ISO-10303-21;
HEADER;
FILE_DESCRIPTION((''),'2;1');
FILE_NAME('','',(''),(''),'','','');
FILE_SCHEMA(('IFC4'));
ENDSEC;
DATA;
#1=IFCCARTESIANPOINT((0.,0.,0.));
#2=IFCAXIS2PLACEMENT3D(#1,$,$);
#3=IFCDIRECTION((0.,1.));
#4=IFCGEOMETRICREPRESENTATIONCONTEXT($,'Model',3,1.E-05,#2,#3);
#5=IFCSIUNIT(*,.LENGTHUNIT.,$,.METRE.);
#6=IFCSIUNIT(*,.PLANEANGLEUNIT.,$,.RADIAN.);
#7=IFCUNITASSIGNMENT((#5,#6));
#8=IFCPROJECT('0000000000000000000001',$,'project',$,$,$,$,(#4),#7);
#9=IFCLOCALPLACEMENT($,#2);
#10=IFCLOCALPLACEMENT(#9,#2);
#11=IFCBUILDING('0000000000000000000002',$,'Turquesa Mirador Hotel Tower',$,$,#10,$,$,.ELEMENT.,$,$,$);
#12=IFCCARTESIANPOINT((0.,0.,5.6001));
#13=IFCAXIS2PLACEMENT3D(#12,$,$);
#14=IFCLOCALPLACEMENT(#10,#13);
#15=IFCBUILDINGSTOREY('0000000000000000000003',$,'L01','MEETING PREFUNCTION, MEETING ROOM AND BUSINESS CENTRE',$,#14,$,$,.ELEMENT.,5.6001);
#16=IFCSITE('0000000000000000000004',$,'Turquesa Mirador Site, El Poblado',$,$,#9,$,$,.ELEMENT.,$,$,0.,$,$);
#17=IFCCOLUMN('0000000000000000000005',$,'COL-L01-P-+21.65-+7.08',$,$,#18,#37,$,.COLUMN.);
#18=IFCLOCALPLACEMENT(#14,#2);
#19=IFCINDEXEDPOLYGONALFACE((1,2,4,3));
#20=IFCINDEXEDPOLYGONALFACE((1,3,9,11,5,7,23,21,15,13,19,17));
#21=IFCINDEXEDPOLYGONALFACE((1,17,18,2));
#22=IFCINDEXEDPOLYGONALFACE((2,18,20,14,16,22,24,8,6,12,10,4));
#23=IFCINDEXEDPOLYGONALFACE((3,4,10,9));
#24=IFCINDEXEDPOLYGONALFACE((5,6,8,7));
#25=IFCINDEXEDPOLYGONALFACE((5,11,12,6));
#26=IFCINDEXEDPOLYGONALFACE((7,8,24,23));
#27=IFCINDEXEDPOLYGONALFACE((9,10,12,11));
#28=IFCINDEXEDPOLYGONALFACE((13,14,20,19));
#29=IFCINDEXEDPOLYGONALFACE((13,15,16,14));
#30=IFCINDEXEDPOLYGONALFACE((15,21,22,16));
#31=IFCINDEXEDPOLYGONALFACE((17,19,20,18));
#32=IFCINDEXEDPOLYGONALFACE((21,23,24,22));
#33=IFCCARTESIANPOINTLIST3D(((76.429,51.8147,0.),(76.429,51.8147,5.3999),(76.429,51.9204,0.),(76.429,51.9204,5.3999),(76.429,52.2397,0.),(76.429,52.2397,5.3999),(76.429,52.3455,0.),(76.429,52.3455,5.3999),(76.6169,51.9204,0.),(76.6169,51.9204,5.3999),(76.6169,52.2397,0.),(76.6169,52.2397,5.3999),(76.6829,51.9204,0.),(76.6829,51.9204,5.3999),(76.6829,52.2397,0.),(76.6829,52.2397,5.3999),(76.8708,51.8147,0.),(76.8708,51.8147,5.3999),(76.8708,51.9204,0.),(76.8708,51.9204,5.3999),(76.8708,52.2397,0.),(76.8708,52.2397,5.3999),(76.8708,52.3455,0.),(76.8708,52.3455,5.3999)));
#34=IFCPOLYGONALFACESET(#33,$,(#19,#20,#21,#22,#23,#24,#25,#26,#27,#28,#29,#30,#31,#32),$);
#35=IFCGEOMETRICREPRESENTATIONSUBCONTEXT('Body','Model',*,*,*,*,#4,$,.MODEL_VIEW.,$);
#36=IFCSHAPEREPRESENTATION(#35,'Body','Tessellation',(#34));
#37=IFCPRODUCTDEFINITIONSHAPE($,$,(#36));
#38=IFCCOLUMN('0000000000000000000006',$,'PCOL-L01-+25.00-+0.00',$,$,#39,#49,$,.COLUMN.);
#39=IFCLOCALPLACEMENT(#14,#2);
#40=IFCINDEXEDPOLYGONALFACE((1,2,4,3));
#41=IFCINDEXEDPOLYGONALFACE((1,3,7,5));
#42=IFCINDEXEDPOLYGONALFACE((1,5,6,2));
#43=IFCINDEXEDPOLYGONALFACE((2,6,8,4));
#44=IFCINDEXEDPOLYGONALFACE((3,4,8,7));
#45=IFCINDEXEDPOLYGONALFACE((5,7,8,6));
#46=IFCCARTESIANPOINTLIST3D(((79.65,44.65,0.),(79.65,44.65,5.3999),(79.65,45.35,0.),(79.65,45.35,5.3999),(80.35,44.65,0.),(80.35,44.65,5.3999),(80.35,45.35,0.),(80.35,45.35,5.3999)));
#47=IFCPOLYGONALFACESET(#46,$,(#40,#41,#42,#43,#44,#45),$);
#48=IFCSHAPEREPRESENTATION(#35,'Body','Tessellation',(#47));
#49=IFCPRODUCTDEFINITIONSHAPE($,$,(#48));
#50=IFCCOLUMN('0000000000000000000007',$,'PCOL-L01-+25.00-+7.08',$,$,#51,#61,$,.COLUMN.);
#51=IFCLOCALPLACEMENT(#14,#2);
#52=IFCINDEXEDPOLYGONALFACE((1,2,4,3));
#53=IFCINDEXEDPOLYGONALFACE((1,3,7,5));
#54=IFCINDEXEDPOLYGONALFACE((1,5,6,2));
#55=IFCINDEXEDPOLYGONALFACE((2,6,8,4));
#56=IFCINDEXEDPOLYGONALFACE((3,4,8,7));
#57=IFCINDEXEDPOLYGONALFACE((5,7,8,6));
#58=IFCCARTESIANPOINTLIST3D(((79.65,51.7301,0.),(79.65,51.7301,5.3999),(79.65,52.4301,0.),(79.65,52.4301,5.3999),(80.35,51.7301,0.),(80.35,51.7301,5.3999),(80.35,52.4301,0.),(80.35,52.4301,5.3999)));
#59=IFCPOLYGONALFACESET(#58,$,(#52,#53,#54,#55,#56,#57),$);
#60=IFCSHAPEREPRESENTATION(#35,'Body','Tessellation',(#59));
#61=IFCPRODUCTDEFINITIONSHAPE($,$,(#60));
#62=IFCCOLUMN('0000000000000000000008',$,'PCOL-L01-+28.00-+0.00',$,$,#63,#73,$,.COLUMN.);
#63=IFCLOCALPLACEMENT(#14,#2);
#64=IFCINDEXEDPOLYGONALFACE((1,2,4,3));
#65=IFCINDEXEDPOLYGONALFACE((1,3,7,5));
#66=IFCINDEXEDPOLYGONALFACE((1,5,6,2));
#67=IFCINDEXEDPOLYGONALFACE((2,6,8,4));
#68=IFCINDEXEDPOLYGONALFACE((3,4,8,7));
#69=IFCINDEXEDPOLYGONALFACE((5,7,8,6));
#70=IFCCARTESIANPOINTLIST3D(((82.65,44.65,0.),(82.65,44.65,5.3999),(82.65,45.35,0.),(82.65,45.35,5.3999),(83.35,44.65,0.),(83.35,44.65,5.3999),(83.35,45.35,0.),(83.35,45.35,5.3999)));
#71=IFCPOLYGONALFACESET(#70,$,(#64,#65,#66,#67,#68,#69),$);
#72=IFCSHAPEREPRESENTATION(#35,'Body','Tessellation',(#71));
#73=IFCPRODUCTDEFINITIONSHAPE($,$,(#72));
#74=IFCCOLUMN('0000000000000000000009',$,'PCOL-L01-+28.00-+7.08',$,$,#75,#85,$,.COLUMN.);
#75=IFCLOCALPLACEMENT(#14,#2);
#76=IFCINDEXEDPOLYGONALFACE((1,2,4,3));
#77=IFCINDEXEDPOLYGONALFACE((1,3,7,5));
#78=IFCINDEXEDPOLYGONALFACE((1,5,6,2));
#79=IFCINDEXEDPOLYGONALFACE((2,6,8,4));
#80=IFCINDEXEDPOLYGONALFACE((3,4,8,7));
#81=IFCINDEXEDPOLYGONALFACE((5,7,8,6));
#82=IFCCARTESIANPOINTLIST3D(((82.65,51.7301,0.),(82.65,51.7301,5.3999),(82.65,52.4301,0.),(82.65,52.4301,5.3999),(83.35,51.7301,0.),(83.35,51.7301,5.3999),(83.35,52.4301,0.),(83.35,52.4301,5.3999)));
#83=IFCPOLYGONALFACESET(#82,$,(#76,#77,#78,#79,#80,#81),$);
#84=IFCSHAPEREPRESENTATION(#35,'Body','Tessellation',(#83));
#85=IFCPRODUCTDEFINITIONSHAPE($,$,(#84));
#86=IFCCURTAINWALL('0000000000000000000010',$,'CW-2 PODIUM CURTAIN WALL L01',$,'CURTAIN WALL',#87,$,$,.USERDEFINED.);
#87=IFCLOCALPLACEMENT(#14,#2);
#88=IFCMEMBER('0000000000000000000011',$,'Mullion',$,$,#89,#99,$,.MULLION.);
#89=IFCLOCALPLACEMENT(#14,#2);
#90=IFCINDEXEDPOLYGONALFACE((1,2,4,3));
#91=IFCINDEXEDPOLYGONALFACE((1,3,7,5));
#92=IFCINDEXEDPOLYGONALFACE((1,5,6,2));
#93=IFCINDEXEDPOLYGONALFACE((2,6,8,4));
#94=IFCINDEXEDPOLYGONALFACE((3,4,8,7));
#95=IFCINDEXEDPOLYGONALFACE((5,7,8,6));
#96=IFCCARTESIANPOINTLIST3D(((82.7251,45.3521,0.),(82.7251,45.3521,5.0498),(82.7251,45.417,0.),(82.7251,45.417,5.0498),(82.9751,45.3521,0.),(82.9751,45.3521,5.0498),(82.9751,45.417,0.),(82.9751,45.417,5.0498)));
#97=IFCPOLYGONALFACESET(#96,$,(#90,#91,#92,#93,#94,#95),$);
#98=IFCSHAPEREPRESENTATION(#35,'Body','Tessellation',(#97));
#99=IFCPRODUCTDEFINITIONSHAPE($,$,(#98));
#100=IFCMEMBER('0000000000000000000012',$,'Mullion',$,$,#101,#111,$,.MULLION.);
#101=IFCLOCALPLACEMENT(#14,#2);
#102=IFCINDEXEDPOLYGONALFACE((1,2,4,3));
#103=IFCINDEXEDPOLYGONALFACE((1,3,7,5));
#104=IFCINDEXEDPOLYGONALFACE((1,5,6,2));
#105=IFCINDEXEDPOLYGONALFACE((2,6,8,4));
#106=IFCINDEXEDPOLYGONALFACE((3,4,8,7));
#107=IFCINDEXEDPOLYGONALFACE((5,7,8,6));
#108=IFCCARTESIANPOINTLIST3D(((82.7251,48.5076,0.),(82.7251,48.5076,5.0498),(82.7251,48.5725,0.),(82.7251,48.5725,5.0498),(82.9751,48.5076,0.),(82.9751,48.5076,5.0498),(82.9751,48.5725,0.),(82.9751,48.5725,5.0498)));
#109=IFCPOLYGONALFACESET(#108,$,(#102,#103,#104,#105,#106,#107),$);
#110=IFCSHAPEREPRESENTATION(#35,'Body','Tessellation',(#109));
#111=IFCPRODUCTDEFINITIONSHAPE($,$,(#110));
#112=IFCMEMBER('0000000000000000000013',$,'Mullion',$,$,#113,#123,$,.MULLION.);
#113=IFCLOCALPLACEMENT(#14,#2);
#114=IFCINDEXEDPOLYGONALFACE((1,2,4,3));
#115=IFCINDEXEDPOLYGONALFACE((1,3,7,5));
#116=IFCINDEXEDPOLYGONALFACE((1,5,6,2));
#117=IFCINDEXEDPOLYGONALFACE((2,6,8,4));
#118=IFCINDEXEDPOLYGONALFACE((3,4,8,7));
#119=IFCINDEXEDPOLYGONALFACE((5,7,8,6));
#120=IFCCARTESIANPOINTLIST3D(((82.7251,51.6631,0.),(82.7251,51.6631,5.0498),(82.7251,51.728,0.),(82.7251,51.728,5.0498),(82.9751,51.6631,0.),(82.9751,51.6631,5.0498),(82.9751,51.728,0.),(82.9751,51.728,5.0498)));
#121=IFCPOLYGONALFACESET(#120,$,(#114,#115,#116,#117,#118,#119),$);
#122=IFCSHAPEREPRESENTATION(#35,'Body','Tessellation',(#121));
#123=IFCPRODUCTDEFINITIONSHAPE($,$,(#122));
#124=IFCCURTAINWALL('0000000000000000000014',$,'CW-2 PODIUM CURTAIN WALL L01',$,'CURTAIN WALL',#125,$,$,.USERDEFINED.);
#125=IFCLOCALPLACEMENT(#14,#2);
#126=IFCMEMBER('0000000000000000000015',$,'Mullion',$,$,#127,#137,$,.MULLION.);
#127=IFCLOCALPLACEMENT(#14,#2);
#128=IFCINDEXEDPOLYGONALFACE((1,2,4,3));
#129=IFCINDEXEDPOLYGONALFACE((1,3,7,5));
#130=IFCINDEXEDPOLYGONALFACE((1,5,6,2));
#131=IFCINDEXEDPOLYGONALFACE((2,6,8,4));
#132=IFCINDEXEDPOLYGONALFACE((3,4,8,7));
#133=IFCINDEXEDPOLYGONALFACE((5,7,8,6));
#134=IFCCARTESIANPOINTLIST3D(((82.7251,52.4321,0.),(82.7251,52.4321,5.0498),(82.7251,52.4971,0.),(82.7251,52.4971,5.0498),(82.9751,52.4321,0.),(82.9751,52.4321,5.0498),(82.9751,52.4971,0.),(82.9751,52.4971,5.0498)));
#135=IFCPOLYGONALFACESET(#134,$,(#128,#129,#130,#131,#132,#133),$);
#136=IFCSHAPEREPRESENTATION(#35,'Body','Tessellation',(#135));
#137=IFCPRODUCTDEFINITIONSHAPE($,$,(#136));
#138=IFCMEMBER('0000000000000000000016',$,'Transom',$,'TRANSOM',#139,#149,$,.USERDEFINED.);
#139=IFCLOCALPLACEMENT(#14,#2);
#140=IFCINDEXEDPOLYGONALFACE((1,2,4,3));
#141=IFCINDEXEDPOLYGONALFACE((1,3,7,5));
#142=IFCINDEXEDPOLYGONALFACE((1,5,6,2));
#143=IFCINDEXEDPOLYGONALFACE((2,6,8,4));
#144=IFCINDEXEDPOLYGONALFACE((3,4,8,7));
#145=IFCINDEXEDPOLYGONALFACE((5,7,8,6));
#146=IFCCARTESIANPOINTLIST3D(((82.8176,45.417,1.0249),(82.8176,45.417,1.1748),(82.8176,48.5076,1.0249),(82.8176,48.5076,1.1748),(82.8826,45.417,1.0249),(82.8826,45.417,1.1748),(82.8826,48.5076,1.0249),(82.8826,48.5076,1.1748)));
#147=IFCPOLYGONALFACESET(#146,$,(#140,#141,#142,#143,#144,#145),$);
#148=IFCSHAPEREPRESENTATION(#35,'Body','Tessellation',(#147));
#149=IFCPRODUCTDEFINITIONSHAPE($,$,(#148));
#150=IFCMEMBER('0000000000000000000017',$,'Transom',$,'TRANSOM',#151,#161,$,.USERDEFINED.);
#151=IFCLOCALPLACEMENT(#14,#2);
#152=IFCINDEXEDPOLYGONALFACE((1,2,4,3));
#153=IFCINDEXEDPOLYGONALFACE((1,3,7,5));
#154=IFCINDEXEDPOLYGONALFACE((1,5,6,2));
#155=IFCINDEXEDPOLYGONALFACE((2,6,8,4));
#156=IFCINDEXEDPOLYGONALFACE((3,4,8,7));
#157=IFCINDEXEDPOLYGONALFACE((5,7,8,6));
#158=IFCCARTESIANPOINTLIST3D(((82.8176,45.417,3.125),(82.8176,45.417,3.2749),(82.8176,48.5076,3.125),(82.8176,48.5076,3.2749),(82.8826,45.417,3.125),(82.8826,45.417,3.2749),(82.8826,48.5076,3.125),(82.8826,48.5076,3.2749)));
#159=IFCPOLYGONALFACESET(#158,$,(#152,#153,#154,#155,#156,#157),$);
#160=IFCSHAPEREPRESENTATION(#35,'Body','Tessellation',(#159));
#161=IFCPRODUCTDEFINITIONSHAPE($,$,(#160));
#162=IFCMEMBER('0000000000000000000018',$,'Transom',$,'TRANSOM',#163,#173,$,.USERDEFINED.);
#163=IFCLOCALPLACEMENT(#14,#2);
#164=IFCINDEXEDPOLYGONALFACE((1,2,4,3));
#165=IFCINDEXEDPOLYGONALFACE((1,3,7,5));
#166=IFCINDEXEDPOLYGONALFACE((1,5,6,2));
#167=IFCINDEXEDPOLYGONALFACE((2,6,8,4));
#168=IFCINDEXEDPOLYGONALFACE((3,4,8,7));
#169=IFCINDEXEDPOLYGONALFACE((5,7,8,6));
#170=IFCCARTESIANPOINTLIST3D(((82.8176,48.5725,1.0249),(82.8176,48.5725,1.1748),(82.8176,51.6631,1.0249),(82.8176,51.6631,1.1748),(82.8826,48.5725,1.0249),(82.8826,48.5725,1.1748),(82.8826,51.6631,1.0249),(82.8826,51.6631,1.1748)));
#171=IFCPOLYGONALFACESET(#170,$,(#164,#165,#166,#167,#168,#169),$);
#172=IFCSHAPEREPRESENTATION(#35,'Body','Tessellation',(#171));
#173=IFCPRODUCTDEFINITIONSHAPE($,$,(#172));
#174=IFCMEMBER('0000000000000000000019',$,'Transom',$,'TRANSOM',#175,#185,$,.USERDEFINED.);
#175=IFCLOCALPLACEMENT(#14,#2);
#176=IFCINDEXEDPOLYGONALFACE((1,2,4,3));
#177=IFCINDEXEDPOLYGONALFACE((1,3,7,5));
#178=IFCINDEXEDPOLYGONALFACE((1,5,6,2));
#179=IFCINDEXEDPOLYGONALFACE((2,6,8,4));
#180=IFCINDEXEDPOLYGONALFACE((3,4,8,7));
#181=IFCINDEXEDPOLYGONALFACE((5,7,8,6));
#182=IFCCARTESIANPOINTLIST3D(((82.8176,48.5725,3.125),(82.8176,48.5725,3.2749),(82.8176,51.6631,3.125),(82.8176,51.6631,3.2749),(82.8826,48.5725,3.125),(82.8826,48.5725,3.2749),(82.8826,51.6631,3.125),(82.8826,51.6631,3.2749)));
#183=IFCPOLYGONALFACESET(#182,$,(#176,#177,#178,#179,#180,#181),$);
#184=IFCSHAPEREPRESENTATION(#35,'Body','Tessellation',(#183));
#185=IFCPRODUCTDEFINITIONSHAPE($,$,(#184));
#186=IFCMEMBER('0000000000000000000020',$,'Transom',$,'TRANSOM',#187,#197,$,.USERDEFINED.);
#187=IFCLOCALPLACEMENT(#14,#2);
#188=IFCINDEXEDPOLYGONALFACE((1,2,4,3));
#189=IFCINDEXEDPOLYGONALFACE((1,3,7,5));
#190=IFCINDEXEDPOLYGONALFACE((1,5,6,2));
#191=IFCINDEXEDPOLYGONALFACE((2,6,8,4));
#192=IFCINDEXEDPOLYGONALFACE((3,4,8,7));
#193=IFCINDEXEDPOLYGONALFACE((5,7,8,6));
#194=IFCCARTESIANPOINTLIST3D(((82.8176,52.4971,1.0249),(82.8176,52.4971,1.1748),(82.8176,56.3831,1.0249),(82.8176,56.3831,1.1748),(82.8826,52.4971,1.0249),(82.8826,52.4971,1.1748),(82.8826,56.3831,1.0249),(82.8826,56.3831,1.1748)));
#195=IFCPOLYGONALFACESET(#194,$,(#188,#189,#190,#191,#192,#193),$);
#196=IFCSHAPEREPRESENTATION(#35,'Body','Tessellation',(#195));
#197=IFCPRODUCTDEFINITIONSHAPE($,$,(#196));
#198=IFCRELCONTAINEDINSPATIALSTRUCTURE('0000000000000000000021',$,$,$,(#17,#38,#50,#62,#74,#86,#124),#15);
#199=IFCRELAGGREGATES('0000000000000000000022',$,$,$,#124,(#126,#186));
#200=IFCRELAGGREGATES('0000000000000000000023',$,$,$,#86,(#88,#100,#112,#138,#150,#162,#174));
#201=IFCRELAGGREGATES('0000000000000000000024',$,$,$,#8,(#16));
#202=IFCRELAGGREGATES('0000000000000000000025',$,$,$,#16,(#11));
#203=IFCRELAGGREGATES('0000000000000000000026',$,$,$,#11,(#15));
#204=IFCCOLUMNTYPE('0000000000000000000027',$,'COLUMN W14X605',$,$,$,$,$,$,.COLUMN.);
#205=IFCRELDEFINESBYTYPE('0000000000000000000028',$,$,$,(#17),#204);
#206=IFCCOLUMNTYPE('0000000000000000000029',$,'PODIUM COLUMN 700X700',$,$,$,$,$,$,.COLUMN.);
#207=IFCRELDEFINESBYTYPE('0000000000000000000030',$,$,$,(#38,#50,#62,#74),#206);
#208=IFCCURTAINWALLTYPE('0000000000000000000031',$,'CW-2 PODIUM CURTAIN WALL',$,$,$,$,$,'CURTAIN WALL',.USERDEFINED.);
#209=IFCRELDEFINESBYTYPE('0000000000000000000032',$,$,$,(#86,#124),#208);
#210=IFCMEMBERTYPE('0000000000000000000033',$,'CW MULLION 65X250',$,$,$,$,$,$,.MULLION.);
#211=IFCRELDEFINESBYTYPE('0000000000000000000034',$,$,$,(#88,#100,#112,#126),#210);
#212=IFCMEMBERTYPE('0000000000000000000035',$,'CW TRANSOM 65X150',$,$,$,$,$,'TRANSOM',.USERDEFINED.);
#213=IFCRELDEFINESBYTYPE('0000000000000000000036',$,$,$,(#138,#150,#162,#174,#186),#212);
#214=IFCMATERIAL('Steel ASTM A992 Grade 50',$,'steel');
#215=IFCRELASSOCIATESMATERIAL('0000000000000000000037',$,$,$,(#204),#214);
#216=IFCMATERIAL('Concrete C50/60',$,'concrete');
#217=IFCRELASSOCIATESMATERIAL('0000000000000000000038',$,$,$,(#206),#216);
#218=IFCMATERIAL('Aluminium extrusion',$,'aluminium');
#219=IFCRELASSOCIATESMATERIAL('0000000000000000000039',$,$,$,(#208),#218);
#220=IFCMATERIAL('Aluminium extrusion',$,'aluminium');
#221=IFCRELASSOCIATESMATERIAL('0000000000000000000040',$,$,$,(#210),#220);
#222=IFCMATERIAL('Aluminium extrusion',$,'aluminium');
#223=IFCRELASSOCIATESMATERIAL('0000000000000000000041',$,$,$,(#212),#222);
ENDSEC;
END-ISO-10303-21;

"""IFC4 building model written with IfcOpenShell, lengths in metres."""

from ifc_helpers import new_model, si_unit, direction, frame, origin, origin_2d, place, context, subcontext, project, spatial, rectangle, i_section, extrude, material, material_profile, profile_set, type_object, element, aggregate, save


model = new_model("IFC4")

# Units and contexts
model_context = context("Model", 3, precision=1e-05, world=origin(), true_north=direction((0.0, 1.0)))
body_context = subcontext(model_context, "Body", "Model", "MODEL_VIEW")
ifc_project = project(units=[si_unit("LENGTHUNIT", "METRE"), si_unit("PLANEANGLEUNIT", "RADIAN")], contexts=[model_context])

# Site, building, storey
site_placement = place(None, origin())
site = spatial("IfcSite", under=ifc_project, at=site_placement, Name="Turquesa Mirador Site, El Poblado", CompositionType="ELEMENT", RefElevation=0.0)
building_placement = place(site_placement, origin())
building = spatial("IfcBuilding", under=site, at=building_placement, Name="Turquesa Mirador Hotel Tower", CompositionType="ELEMENT")
storey_placement = place(building_placement, frame((0.0, 0.0, 5.6001)))
storey = spatial("IfcBuildingStorey", under=building, at=storey_placement, Name="L01", Description="MEETING PREFUNCTION, MEETING ROOM AND BUSINESS CENTRE", CompositionType="ELEMENT", Elevation=5.6001)

# Columns
ifc_material_1 = material(Name="Steel ASTM A992 Grade 50", Category="steel")
ifc_material_profile_1 = material_profile(ifc_material_1, i_section(OverallWidth=0.4419, OverallDepth=0.5308, WebThickness=0.0659, FlangeThickness=0.1057, at=origin_2d()), Name="W14X605")
ifc_profile_set_1 = profile_set([ifc_material_profile_1], Name="Steel ASTM A992 Grade 50")
column_type_1 = type_object("IfcColumnType", Name="COLUMN W14X605", PredefinedType="COLUMN", material=ifc_profile_set_1)
column_placement = place(storey_placement, frame((76.6499, 52.0801, 0.0), z_axis=(0.0, 0.0, 1.0), x_axis=(1.0, 0.0, 0.0)))
element("IfcColumn", 1, at=column_placement, inside=storey, type_object=column_type_1, Name="COL-L01-P-+21.65-+7.08", PredefinedType="COLUMN", context=body_context, shape_type="SweptSolid", body=[
    extrude(i_section(OverallWidth=0.4419, OverallDepth=0.5308, WebThickness=0.0659, FlangeThickness=0.1057, at=origin_2d()), origin(), (0.0, 0.0, 1.0), 5.3999),
])
ifc_material_2 = material(Name="Concrete C50/60", Category="concrete")
ifc_material_profile_2 = material_profile(ifc_material_2, rectangle(XDim=0.7, YDim=0.7, at=origin_2d()), Name="RC 700X700")
ifc_profile_set_2 = profile_set([ifc_material_profile_2], Name="Concrete C50/60")
column_type_2 = type_object("IfcColumnType", Name="PODIUM COLUMN 700X700", PredefinedType="COLUMN", material=ifc_profile_set_2)
for number, where, z_axis, x_axis, name in (
    (2, (80.0, 45.0, 0.0), (0.0, 0.0, 1.0), (1.0, 0.0, 0.0), "PCOL-L01-+25.00-+0.00"),
    (3, (80.0, 52.0801, 0.0), (0.0, 0.0, 1.0), (1.0, 0.0, 0.0), "PCOL-L01-+25.00-+7.08"),
    (4, (83.0, 45.0, 0.0), (0.0, 0.0, 1.0), (1.0, 0.0, 0.0), "PCOL-L01-+28.00-+0.00"),
    (5, (83.0, 52.0801, 0.0), (0.0, 0.0, 1.0), (1.0, 0.0, 0.0), "PCOL-L01-+28.00-+7.08"),
):
    element("IfcColumn", number, at=place(storey_placement, frame(where, z_axis=z_axis, x_axis=x_axis)), inside=storey, type_object=column_type_2, Name=name, PredefinedType="COLUMN", context=body_context, shape_type="SweptSolid", body=[
        extrude(rectangle(XDim=0.7, YDim=0.7, at=origin_2d()), origin(), (0.0, 0.0, 1.0), 5.3999),
    ])

# Curtain wall, members
ifc_material_3 = material(Name="Aluminium extrusion", Category="aluminium")
curtain_wall_type = type_object("IfcCurtainWallType", Name="CW-2 PODIUM CURTAIN WALL", ElementType="CURTAIN WALL", PredefinedType="USERDEFINED", material=ifc_material_3)
curtain_wall_1_placement = place(storey_placement, origin())
curtain_wall_1 = element("IfcCurtainWall", 6, at=curtain_wall_1_placement, inside=storey, type_object=curtain_wall_type, Name="CW-2 PODIUM CURTAIN WALL L01", ObjectType="CURTAIN WALL", PredefinedType="USERDEFINED")
ifc_material_4 = material(Name="Aluminium extrusion", Category="aluminium")
ifc_material_profile_3 = material_profile(ifc_material_4, rectangle(XDim=0.0649, YDim=0.25, at=origin_2d()), Name="MULLION 65X250")
ifc_profile_set_3 = profile_set([ifc_material_profile_3], Name="Aluminium extrusion")
member_type_1 = type_object("IfcMemberType", Name="CW MULLION 65X250", PredefinedType="MULLION", material=ifc_profile_set_3)
member_1_placement = place(storey_placement, frame((82.8501, 45.3845, 0.0), z_axis=(0.0, 0.0, 1.0), x_axis=(0.0, 1.0, 0.0)))
member_1 = element("IfcMember", 7, at=member_1_placement, type_object=member_type_1, Name="Mullion", PredefinedType="MULLION", context=body_context, shape_type="SweptSolid", body=[
    extrude(rectangle(XDim=0.0649, YDim=0.25, at=origin_2d()), origin(), (0.0, 0.0, 1.0), 5.0498),
])
member_2_placement = place(storey_placement, frame((82.8501, 48.54, 0.0), z_axis=(0.0, 0.0, 1.0), x_axis=(0.0, 1.0, 0.0)))
member_2 = element("IfcMember", 8, at=member_2_placement, type_object=member_type_1, Name="Mullion", PredefinedType="MULLION", context=body_context, shape_type="SweptSolid", body=[
    extrude(rectangle(XDim=0.0649, YDim=0.25, at=origin_2d()), origin(), (0.0, 0.0, 1.0), 5.0498),
])
member_3_placement = place(storey_placement, frame((82.8501, 51.6956, 0.0), z_axis=(0.0, 0.0, 1.0), x_axis=(0.0, 1.0, 0.0)))
member_3 = element("IfcMember", 9, at=member_3_placement, type_object=member_type_1, Name="Mullion", PredefinedType="MULLION", context=body_context, shape_type="SweptSolid", body=[
    extrude(rectangle(XDim=0.0649, YDim=0.25, at=origin_2d()), origin(), (0.0, 0.0, 1.0), 5.0498),
])

# Curtain wall, member
curtain_wall_2_placement = place(storey_placement, origin())
curtain_wall_2 = element("IfcCurtainWall", 10, at=curtain_wall_2_placement, inside=storey, type_object=curtain_wall_type, Name="CW-2 PODIUM CURTAIN WALL L01", ObjectType="CURTAIN WALL", PredefinedType="USERDEFINED")
member_4_placement = place(storey_placement, frame((82.8501, 52.4646, 0.0), z_axis=(0.0, 0.0, 1.0), x_axis=(0.0, 1.0, 0.0)))
member_4 = element("IfcMember", 11, at=member_4_placement, type_object=member_type_1, Name="Mullion", PredefinedType="MULLION", context=body_context, shape_type="SweptSolid", body=[
    extrude(rectangle(XDim=0.0649, YDim=0.25, at=origin_2d()), origin(), (0.0, 0.0, 1.0), 5.0498),
])

# Members
ifc_material_5 = material(Name="Aluminium extrusion", Category="aluminium")
ifc_material_profile_4 = material_profile(ifc_material_5, rectangle(XDim=0.0649, YDim=0.1499, at=origin_2d()), Name="TRANSOM 65X150")
ifc_profile_set_4 = profile_set([ifc_material_profile_4], Name="Aluminium extrusion")
member_type_2 = type_object("IfcMemberType", Name="CW TRANSOM 65X150", ElementType="TRANSOM", PredefinedType="USERDEFINED", material=ifc_profile_set_4)
member_5_placement = place(storey_placement, frame((82.8501, 45.417, 1.0999), z_axis=(0.0, 1.0, 0.0), x_axis=(-1.0, 0.0, 0.0)))
member_5 = element("IfcMember", 12, at=member_5_placement, type_object=member_type_2, Name="Transom", ObjectType="TRANSOM", PredefinedType="USERDEFINED", context=body_context, shape_type="SweptSolid", body=[
    extrude(rectangle(XDim=0.0649, YDim=0.1499, at=origin_2d()), origin(), (0.0, 0.0, 1.0), 3.0906),
])
member_6_placement = place(storey_placement, frame((82.8501, 45.417, 3.2), z_axis=(0.0, 1.0, 0.0), x_axis=(-1.0, 0.0, 0.0)))
member_6 = element("IfcMember", 13, at=member_6_placement, type_object=member_type_2, Name="Transom", ObjectType="TRANSOM", PredefinedType="USERDEFINED", context=body_context, shape_type="SweptSolid", body=[
    extrude(rectangle(XDim=0.0649, YDim=0.1499, at=origin_2d()), origin(), (0.0, 0.0, 1.0), 3.0906),
])
member_7_placement = place(storey_placement, frame((82.8501, 48.5725, 1.0999), z_axis=(0.0, 1.0, 0.0), x_axis=(-1.0, 0.0, 0.0)))
member_7 = element("IfcMember", 14, at=member_7_placement, type_object=member_type_2, Name="Transom", ObjectType="TRANSOM", PredefinedType="USERDEFINED", context=body_context, shape_type="SweptSolid", body=[
    extrude(rectangle(XDim=0.0649, YDim=0.1499, at=origin_2d()), origin(), (0.0, 0.0, 1.0), 3.0906),
])
member_8_placement = place(storey_placement, frame((82.8501, 48.5725, 3.2), z_axis=(0.0, 1.0, 0.0), x_axis=(-1.0, 0.0, 0.0)))
member_8 = element("IfcMember", 15, at=member_8_placement, type_object=member_type_2, Name="Transom", ObjectType="TRANSOM", PredefinedType="USERDEFINED", context=body_context, shape_type="SweptSolid", body=[
    extrude(rectangle(XDim=0.0649, YDim=0.1499, at=origin_2d()), origin(), (0.0, 0.0, 1.0), 3.0906),
])
member_9_placement = place(storey_placement, frame((82.8501, 52.4971, 1.0999), z_axis=(0.0, 1.0, 0.0), x_axis=(-1.0, 0.0, 0.0)))
member_9 = element("IfcMember", 16, at=member_9_placement, type_object=member_type_2, Name="Transom", ObjectType="TRANSOM", PredefinedType="USERDEFINED", context=body_context, shape_type="SweptSolid", body=[
    extrude(rectangle(XDim=0.0649, YDim=0.1499, at=origin_2d()), origin(), (0.0, 0.0, 1.0), 3.886),
])
aggregate(curtain_wall_2, [member_4, member_9])

aggregate(curtain_wall_1, [member_1, member_2, member_3, member_5, member_6, member_7, member_8])

save(model, "model.ifc")
